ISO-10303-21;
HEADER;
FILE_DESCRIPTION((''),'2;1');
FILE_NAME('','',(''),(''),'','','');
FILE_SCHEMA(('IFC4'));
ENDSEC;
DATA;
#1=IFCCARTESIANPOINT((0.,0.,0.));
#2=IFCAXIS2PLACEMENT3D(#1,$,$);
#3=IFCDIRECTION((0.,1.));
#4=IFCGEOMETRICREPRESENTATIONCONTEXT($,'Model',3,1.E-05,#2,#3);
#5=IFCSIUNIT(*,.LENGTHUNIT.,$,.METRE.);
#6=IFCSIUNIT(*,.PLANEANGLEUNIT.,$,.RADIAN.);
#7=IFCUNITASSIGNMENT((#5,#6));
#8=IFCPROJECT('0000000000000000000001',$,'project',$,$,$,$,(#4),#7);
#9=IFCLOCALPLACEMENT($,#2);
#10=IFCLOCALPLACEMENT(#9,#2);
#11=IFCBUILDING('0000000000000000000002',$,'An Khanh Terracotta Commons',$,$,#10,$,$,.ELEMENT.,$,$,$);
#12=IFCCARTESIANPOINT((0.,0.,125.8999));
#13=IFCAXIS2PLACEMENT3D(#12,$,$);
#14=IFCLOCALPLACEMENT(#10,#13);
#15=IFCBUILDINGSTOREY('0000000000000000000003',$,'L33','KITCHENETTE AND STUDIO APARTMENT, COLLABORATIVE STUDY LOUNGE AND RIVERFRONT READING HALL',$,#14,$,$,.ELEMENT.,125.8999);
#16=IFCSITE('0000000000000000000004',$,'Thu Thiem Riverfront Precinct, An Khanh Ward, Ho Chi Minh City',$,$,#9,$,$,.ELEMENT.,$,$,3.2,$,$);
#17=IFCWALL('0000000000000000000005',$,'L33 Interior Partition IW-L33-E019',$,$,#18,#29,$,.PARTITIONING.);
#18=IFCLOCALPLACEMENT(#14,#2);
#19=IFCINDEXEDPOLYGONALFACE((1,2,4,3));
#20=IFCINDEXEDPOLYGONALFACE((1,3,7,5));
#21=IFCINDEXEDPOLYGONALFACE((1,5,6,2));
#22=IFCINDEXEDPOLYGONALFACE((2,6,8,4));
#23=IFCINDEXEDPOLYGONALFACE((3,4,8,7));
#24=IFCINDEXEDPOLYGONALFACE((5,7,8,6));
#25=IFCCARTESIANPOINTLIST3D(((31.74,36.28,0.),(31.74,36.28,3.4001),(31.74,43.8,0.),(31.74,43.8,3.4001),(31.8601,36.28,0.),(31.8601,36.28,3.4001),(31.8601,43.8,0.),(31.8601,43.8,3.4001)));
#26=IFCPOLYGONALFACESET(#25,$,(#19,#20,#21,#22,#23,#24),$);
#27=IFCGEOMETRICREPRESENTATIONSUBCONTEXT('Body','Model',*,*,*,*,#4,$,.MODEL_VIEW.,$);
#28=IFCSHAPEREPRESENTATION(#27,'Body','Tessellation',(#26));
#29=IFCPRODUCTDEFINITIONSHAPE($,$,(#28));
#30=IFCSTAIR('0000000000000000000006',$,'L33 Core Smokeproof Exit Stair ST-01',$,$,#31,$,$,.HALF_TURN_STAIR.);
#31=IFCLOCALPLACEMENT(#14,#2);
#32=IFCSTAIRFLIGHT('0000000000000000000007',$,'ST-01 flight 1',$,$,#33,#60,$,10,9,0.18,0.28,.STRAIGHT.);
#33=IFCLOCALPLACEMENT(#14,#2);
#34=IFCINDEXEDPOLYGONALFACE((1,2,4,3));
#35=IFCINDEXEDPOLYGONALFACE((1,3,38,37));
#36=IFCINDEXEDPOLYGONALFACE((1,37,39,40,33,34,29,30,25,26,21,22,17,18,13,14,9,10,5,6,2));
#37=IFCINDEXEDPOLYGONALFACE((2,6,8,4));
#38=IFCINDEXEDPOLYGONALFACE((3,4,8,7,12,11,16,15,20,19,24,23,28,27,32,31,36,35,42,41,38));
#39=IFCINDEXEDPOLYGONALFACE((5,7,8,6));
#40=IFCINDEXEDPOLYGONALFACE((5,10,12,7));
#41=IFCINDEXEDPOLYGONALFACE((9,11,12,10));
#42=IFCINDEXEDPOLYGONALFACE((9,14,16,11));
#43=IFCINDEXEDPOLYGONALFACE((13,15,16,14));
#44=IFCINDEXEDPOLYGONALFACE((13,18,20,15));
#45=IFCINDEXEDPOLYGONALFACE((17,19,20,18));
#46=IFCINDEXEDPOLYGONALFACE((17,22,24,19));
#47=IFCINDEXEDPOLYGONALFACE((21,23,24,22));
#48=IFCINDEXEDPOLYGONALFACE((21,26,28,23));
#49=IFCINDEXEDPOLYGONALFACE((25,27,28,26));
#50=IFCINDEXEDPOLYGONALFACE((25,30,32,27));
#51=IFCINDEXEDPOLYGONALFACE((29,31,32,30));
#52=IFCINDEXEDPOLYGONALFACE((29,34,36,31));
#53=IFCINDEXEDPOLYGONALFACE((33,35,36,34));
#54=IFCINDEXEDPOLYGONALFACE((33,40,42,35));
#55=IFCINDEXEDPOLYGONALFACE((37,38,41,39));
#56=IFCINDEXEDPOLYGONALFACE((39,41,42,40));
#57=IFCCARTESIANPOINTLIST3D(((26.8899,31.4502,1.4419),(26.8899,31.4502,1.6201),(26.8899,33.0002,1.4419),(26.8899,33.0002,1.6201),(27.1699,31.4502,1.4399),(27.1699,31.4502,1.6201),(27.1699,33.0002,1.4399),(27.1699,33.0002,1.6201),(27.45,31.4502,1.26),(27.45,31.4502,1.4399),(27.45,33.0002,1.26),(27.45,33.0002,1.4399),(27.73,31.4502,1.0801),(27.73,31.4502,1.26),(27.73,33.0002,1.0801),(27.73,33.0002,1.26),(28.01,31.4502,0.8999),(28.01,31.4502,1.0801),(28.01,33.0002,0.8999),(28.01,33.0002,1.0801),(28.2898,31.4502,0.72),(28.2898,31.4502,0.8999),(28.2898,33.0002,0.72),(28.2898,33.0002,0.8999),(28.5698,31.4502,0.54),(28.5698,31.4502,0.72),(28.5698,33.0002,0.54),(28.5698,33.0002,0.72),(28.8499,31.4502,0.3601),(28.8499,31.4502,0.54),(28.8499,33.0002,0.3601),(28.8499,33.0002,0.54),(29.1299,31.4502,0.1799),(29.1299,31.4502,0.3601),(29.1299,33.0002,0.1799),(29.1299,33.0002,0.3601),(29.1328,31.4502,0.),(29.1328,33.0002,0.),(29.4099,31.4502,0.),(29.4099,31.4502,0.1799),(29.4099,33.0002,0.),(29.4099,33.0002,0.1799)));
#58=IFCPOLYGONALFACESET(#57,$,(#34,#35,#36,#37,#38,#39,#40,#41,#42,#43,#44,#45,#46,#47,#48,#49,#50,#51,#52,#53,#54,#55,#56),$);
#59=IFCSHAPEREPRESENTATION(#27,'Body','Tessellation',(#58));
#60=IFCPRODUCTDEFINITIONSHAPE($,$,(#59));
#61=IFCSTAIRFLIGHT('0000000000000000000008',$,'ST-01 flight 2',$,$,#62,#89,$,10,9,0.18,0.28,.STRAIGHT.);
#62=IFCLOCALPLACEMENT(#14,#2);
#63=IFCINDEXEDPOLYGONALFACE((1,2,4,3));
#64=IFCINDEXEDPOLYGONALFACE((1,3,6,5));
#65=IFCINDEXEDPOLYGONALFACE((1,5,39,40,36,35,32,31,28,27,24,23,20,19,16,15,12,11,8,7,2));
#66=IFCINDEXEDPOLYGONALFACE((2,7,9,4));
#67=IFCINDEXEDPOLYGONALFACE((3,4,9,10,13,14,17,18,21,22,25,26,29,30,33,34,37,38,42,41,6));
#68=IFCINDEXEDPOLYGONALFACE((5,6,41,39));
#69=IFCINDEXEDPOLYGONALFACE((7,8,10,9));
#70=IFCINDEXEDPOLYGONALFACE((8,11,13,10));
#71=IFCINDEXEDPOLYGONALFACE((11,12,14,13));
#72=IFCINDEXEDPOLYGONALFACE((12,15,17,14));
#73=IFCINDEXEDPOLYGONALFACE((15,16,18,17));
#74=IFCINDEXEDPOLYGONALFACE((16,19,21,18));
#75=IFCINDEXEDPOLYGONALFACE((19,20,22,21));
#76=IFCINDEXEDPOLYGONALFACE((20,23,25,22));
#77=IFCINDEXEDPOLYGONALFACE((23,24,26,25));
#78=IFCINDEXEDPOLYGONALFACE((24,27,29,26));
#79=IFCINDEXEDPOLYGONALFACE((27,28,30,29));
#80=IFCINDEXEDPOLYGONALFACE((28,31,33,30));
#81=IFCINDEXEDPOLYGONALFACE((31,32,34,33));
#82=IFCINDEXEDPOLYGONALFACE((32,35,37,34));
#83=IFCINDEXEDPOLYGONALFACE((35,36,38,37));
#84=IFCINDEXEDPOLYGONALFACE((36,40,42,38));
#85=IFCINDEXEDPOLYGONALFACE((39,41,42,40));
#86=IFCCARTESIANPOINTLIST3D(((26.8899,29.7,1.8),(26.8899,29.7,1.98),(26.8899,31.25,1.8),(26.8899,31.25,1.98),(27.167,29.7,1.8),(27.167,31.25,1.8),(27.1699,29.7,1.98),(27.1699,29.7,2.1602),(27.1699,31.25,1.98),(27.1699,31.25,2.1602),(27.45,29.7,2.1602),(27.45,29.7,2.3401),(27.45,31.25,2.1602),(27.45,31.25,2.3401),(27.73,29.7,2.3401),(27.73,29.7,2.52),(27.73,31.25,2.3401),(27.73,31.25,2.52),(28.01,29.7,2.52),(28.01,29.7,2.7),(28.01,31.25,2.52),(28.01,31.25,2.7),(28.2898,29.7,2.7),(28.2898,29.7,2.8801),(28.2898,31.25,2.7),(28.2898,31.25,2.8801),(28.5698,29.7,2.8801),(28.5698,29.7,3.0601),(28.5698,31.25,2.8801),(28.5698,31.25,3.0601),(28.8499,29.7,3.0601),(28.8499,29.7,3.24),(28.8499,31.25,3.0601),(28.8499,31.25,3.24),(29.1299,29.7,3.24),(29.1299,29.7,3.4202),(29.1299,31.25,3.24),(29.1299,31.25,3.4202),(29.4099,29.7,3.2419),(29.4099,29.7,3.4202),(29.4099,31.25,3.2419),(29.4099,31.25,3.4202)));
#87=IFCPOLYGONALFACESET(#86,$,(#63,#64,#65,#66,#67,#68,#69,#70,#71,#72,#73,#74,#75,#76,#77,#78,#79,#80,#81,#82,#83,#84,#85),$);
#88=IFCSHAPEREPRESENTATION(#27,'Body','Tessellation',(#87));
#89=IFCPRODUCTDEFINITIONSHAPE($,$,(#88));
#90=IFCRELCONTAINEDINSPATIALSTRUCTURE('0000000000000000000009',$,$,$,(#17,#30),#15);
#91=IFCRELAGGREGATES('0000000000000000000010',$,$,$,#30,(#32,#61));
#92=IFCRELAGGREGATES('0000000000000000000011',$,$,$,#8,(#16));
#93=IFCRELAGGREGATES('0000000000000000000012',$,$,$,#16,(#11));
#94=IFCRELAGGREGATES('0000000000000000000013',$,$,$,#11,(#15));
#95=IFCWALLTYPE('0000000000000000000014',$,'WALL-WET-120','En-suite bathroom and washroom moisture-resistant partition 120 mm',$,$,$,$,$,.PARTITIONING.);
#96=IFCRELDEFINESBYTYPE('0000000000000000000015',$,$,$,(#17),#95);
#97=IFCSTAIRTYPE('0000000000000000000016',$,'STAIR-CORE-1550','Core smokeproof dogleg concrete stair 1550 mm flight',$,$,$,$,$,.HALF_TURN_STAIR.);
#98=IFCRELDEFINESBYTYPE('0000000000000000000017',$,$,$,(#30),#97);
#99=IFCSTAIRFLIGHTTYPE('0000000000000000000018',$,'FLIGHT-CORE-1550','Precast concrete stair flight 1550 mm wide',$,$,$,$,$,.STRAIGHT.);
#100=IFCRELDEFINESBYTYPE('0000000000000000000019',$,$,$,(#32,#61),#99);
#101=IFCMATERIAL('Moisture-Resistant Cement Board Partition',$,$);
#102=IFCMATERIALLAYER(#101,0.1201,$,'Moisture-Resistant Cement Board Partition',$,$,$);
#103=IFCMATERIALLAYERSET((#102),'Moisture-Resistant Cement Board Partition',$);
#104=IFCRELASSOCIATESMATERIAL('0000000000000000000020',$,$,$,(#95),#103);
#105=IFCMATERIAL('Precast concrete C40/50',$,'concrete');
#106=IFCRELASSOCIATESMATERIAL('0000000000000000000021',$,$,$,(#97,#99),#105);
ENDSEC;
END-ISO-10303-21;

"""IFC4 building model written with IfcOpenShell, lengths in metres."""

from ifc_helpers import new_model, si_unit, direction, frame, frame_2d, origin, place, context, subcontext, project, spatial, polyline, rectangle, outline, extrude, material, layer, layer_set, type_object, element, aggregate, save


model = new_model("IFC4")

# Units and contexts
model_context = context("Model", 3, precision=1e-05, world=origin(), true_north=direction((0.0, 1.0)))
body_context = subcontext(model_context, "Body", "Model", "MODEL_VIEW")
ifc_project = project(units=[si_unit("LENGTHUNIT", "METRE"), si_unit("PLANEANGLEUNIT", "RADIAN")], contexts=[model_context])

# Site, building, storey
site_placement = place(None, origin())
site = spatial("IfcSite", under=ifc_project, at=site_placement, Name="Thu Thiem Riverfront Precinct, An Khanh Ward, Ho Chi Minh City", CompositionType="ELEMENT", RefElevation=3.2)
building_placement = place(site_placement, origin())
building = spatial("IfcBuilding", under=site, at=building_placement, Name="An Khanh Terracotta Commons", CompositionType="ELEMENT")
storey_placement = place(building_placement, frame((0.0, 0.0, 125.8999)))
storey = spatial("IfcBuildingStorey", under=building, at=storey_placement, Name="L33", Description="KITCHENETTE AND STUDIO APARTMENT, COLLABORATIVE STUDY LOUNGE AND RIVERFRONT READING HALL", CompositionType="ELEMENT", Elevation=125.8999)

# Wall
ifc_material_1 = material(Name="Moisture-Resistant Cement Board Partition")
ifc_layer_1 = layer(ifc_material_1, 0.1201, Name="Moisture-Resistant Cement Board Partition")
ifc_layer_set_1 = layer_set([ifc_layer_1], Name="Moisture-Resistant Cement Board Partition")
wall_type_1 = type_object("IfcWallType", Name="WALL-WET-120", Description="En-suite bathroom and washroom moisture-resistant partition 120 mm", PredefinedType="PARTITIONING", material=ifc_layer_set_1)
wall_1_placement = place(storey_placement, frame((31.8, 36.28, 0.0), z_axis=(0.0, 0.0, 1.0), x_axis=(0.0, 1.0, 0.0)))
element("IfcWall", 1, at=wall_1_placement, inside=storey, type_object=wall_type_1, Name="L33 Interior Partition IW-L33-E019", PredefinedType="PARTITIONING", context=body_context, shape_type="SweptSolid", body=[
    extrude(rectangle(XDim=7.52, YDim=0.1201, at=frame_2d((3.76, 0.0))), origin(), (0.0, 0.0, 1.0), 3.4001),
])

# Stair, stair flights
ifc_material_2 = material(Name="Precast concrete C40/50", Category="concrete")
stair_type = type_object("IfcStairType", Name="STAIR-CORE-1550", Description="Core smokeproof dogleg concrete stair 1550 mm flight", PredefinedType="HALF_TURN_STAIR", material=ifc_material_2)
stair_placement = place(storey_placement, origin())
stair = element("IfcStair", 2, at=stair_placement, inside=storey, type_object=stair_type, Name="L33 Core Smokeproof Exit Stair ST-01", PredefinedType="HALF_TURN_STAIR")
stair_flight_type = type_object("IfcStairFlightType", Name="FLIGHT-CORE-1550", Description="Precast concrete stair flight 1550 mm wide", PredefinedType="STRAIGHT", material=ifc_material_2)
stair_flight_1_placement = place(storey_placement, frame((29.4099, 32.2251, 0.0), z_axis=(0.0, 0.0, 1.0), x_axis=(-1.0, 0.0, 0.0)))
stair_flight_1 = element("IfcStairFlight", 3, at=stair_flight_1_placement, type_object=stair_flight_type, Name="ST-01 flight 1", NumberOfRisers=10, NumberOfTreads=9, PredefinedType="STRAIGHT", RiserHeight=0.18, TreadLength=0.28, context=body_context, shape_type="SweptSolid", body=[
    extrude(outline(polyline([(0.0, 0.0), (0.0, 0.1799), (0.28, 0.1799), (0.28, 0.3601), (0.5601, 0.3601), (0.5601, 0.54), (0.8401, 0.54), (0.8401, 0.72), (1.1201, 0.72), (1.1201, 0.8999), (1.3999, 0.8999), (1.3999, 1.0801), (1.6799, 1.0801), (1.6799, 1.26), (1.96, 1.26), (1.96, 1.4399), (2.24, 1.4399), (2.24, 1.6201), (2.52, 1.6201), (2.52, 1.8), (2.52, 1.4419), (0.2771, 0.0), (0.0, 0.0)])), frame((0.0, 0.7749, 0.0), z_axis=(0.0, -1.0, 0.0), x_axis=(1.0, 0.0, 0.0)), (0.0, 0.0, 1.0), 1.55),
])
stair_flight_2_placement = place(storey_placement, frame((26.8899, 30.4751, 1.8), z_axis=(0.0, 0.0, 1.0), x_axis=(1.0, 0.0, 0.0)))
stair_flight_2 = element("IfcStairFlight", 4, at=stair_flight_2_placement, type_object=stair_flight_type, Name="ST-01 flight 2", NumberOfRisers=10, NumberOfTreads=9, PredefinedType="STRAIGHT", RiserHeight=0.18, TreadLength=0.28, context=body_context, shape_type="SweptSolid", body=[
    extrude(outline(polyline([(0.0, 0.0), (0.0, 0.1799), (0.28, 0.1799), (0.28, 0.3601), (0.5601, 0.3601), (0.5601, 0.54), (0.8401, 0.54), (0.8401, 0.72), (1.1201, 0.72), (1.1201, 0.8999), (1.3999, 0.8999), (1.3999, 1.0801), (1.6799, 1.0801), (1.6799, 1.26), (1.96, 1.26), (1.96, 1.4399), (2.24, 1.4399), (2.24, 1.6201), (2.52, 1.6201), (2.52, 1.8), (2.52, 1.4419), (0.2771, 0.0), (0.0, 0.0)])), frame((0.0, 0.7749, 0.0), z_axis=(0.0, -1.0, 0.0), x_axis=(1.0, 0.0, 0.0)), (0.0, 0.0, 1.0), 1.55),
])
aggregate(stair, [stair_flight_1, stair_flight_2])

save(model, "model.ifc")
